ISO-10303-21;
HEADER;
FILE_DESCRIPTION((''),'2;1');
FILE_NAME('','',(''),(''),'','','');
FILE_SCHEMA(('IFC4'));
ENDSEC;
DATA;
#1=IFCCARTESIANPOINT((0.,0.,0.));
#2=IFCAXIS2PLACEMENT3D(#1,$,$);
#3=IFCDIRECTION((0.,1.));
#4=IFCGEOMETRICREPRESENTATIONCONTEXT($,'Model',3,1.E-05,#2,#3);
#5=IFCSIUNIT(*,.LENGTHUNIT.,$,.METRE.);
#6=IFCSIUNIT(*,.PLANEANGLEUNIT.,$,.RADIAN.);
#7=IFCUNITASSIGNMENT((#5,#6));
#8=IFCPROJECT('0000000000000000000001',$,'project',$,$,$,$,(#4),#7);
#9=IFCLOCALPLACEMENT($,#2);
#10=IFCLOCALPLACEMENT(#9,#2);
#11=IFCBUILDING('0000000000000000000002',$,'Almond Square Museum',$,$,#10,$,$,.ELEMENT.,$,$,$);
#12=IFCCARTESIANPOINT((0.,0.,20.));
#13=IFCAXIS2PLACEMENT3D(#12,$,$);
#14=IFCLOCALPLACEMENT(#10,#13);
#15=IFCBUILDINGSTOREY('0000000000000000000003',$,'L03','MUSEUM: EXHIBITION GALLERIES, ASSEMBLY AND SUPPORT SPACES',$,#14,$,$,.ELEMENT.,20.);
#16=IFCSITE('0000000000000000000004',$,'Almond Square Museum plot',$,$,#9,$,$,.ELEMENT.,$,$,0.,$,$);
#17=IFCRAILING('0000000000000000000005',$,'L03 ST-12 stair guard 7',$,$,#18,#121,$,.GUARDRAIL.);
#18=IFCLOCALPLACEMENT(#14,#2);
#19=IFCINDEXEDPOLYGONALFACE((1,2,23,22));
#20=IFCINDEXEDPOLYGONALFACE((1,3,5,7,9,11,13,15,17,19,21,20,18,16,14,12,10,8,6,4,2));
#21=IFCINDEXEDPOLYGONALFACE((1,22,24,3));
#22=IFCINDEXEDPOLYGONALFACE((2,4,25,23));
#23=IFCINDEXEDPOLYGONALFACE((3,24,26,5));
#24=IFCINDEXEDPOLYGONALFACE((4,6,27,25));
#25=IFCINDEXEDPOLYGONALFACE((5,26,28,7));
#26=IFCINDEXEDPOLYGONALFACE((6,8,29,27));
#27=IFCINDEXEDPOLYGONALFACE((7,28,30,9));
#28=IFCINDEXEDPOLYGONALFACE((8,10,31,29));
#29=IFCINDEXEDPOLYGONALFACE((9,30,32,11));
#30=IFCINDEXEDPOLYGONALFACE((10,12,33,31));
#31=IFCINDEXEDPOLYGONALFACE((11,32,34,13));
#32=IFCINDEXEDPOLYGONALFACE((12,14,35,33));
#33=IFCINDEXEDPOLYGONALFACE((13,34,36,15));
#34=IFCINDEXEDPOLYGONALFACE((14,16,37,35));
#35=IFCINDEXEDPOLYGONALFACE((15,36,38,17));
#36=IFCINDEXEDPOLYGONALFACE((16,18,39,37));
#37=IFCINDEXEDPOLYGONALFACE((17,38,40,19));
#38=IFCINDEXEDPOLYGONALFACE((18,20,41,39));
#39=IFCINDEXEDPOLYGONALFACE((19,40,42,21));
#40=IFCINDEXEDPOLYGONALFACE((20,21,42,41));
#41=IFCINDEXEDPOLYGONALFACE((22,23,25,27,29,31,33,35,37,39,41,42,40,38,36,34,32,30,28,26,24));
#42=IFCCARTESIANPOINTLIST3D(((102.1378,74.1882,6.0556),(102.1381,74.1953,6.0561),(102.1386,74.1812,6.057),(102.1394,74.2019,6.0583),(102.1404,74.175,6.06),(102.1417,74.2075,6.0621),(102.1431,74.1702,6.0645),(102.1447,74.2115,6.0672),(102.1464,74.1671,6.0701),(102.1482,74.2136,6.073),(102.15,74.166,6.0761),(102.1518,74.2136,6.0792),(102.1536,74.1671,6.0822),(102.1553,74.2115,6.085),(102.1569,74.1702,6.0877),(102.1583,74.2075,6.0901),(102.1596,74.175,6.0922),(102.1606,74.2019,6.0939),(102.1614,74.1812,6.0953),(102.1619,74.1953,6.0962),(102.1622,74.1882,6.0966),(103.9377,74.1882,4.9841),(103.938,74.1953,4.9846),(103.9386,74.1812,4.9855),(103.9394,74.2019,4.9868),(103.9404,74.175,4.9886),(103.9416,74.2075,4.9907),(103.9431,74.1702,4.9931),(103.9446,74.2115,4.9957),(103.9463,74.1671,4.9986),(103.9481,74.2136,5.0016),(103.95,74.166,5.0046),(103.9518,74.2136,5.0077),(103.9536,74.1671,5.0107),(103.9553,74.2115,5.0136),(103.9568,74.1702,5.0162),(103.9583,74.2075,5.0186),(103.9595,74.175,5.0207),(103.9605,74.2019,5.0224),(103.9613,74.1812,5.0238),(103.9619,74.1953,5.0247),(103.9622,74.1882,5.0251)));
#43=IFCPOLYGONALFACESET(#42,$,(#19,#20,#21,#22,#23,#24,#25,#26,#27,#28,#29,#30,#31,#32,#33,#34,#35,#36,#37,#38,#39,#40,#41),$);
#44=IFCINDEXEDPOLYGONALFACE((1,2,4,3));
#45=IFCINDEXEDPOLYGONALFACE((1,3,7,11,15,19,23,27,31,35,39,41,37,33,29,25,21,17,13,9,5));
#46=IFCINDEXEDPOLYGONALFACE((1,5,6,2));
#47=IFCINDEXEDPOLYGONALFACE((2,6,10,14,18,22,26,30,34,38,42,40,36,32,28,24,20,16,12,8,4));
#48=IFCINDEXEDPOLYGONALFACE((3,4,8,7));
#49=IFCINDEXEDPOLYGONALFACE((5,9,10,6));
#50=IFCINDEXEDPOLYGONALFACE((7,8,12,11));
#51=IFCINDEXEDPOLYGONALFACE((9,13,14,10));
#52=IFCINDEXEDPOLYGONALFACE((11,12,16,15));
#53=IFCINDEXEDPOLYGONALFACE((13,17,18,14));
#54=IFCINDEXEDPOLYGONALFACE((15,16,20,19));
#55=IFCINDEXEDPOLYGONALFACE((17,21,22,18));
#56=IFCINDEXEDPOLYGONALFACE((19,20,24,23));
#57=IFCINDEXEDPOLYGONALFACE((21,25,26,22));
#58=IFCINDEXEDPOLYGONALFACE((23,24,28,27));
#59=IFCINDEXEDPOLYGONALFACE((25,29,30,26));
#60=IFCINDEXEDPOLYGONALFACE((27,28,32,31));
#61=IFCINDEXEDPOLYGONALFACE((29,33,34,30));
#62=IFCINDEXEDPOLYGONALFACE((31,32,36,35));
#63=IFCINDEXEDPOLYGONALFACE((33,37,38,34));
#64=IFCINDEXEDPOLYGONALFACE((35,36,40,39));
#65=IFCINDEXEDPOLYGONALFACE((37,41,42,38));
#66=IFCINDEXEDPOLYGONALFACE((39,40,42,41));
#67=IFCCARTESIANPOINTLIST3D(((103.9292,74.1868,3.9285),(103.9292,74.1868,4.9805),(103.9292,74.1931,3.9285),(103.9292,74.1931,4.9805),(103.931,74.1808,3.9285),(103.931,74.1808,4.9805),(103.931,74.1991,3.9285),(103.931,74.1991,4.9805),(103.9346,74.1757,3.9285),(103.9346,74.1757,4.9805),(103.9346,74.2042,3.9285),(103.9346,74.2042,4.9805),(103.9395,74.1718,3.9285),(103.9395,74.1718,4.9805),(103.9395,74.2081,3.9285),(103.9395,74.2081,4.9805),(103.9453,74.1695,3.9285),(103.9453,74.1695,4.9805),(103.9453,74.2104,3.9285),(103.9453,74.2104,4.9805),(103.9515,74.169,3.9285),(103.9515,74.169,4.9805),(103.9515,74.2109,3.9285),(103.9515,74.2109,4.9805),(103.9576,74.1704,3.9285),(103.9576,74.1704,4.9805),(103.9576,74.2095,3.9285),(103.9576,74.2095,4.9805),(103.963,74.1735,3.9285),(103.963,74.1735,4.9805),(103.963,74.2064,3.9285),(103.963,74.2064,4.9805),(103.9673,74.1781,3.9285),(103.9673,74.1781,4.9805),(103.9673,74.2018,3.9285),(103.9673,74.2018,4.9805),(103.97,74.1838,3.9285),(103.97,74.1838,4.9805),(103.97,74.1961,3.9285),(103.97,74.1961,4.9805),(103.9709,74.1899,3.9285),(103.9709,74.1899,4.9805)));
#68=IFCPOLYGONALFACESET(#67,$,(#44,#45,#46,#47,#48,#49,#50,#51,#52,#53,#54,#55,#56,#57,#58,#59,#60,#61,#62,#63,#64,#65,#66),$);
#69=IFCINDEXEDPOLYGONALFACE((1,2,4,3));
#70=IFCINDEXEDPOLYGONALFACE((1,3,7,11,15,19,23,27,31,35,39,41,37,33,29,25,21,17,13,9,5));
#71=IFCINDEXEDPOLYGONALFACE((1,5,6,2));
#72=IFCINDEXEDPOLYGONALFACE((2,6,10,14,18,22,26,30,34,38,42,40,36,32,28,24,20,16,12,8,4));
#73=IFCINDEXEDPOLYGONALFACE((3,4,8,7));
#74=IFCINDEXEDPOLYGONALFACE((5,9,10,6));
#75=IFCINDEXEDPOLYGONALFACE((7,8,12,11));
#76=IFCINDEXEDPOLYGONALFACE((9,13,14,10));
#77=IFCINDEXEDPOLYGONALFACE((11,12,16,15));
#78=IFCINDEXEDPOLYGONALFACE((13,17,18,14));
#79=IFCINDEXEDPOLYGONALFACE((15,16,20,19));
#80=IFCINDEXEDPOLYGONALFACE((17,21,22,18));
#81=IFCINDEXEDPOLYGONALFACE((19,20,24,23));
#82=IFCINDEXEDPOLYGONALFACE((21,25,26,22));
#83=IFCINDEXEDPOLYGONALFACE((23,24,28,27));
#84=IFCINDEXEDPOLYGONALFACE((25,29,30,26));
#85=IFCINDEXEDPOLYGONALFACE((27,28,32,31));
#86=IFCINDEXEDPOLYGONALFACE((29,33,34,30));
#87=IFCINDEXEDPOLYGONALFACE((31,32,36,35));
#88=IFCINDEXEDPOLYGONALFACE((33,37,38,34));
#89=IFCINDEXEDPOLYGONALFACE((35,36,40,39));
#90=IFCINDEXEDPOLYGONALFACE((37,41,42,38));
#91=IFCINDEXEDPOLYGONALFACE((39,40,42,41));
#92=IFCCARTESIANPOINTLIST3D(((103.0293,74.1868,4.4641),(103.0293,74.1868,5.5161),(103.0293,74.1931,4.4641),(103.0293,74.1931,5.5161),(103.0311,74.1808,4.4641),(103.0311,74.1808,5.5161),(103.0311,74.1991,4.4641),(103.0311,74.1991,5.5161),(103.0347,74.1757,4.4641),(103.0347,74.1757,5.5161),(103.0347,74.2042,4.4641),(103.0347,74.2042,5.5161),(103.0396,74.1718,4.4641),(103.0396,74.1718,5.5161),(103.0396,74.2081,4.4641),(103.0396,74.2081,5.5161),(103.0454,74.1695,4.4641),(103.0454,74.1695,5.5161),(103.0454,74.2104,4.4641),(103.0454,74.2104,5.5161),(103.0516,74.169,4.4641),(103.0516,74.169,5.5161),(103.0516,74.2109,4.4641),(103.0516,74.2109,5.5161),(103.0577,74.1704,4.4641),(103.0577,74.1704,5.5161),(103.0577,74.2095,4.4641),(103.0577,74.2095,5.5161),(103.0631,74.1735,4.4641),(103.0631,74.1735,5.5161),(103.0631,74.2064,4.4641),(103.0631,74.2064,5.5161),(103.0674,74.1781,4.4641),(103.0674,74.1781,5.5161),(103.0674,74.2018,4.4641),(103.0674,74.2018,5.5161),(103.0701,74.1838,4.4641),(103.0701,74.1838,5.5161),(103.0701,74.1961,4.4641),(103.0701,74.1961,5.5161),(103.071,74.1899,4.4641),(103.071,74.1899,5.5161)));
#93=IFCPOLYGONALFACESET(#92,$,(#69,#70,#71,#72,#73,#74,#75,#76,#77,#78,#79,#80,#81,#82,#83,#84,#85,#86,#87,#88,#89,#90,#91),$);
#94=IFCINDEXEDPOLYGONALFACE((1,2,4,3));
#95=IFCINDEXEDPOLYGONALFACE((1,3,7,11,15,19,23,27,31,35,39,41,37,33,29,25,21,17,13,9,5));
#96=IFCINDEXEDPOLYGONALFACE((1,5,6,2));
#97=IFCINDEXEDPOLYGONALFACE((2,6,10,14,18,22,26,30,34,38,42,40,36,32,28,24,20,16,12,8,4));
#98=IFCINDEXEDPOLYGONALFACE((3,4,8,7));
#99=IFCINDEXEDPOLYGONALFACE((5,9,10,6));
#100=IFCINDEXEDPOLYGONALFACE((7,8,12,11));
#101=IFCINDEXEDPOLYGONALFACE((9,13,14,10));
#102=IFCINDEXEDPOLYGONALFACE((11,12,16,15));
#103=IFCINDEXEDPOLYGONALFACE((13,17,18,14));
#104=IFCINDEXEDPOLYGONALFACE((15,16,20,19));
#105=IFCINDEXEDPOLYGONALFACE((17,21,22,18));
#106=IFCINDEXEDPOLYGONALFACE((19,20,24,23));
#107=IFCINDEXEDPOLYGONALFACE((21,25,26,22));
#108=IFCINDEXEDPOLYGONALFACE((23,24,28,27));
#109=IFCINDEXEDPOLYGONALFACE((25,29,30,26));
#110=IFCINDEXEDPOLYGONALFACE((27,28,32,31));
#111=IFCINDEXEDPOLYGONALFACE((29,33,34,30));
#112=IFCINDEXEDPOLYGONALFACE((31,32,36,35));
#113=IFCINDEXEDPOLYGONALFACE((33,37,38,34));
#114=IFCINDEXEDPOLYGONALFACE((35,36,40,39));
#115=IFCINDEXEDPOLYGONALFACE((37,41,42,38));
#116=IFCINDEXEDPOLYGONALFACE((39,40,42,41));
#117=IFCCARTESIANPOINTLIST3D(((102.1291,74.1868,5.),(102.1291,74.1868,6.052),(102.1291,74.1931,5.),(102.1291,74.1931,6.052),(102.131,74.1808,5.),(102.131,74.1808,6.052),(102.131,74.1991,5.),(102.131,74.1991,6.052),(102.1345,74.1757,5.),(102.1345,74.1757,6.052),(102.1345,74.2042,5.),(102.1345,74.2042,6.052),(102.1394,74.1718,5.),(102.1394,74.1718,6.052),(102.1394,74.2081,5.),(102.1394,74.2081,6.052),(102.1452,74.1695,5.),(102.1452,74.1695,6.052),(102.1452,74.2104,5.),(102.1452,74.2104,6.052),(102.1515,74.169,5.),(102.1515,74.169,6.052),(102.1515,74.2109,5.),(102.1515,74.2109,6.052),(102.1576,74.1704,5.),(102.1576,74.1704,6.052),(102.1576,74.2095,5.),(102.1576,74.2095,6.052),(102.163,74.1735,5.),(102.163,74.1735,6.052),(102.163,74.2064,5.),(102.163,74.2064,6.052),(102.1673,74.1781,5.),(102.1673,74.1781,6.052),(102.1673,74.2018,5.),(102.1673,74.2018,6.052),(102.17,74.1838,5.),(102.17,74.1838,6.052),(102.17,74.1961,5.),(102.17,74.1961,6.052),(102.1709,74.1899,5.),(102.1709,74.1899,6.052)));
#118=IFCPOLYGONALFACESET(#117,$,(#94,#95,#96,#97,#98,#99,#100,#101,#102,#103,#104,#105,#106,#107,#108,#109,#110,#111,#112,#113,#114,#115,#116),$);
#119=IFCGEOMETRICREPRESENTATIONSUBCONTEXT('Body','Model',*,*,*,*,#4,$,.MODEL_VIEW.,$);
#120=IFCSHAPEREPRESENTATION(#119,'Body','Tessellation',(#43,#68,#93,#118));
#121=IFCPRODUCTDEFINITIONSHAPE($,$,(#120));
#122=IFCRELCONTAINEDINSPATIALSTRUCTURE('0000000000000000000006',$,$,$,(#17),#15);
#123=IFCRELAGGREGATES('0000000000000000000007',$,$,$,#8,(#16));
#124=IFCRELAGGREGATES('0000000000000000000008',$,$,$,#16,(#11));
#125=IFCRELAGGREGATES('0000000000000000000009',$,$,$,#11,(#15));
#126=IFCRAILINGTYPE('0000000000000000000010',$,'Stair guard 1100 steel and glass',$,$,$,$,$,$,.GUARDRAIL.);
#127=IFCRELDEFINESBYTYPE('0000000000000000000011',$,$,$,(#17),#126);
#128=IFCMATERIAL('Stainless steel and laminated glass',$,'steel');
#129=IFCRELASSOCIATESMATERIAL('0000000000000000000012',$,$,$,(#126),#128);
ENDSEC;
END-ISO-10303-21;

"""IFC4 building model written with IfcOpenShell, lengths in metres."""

from ifc_helpers import new_model, si_unit, direction, frame, origin, origin_2d, place, context, subcontext, project, spatial, circle, extrude, material, type_object, element, save


model = new_model("IFC4")

# Units and contexts
model_context = context("Model", 3, precision=1e-05, world=origin(), true_north=direction((0.0, 1.0)))
body_context = subcontext(model_context, "Body", "Model", "MODEL_VIEW")
ifc_project = project(units=[si_unit("LENGTHUNIT", "METRE"), si_unit("PLANEANGLEUNIT", "RADIAN")], contexts=[model_context])

# Site, building, storey
site_placement = place(None, origin())
site = spatial("IfcSite", under=ifc_project, at=site_placement, Name="Almond Square Museum plot", CompositionType="ELEMENT", RefElevation=0.0)
building_placement = place(site_placement, origin())
building = spatial("IfcBuilding", under=site, at=building_placement, Name="Almond Square Museum", CompositionType="ELEMENT")
storey_placement = place(building_placement, frame((0.0, 0.0, 20.0)))
storey = spatial("IfcBuildingStorey", under=building, at=storey_placement, Name="L03", Description="MUSEUM: EXHIBITION GALLERIES, ASSEMBLY AND SUPPORT SPACES", CompositionType="ELEMENT", Elevation=20.0)

# Railing
ifc_material_1 = material(Name="Stainless steel and laminated glass", Category="steel")
railing_type_1 = type_object("IfcRailingType", Name="Stair guard 1100 steel and glass", PredefinedType="GUARDRAIL", material=ifc_material_1)
railing_1_placement = place(storey_placement, frame((103.95, 74.1899, 3.9285)))
element("IfcRailing", 1, at=railing_1_placement, inside=storey, type_object=railing_type_1, Name="L03 ST-12 stair guard 7", PredefinedType="GUARDRAIL", context=body_context, shape_type="SweptSolid", body=[
    extrude(circle(Radius=0.0239, at=origin_2d()), frame((0.0, 0.0, 1.0762), z_axis=(-0.859277, 0.0, 0.51151), x_axis=(0.0, -1.0, 0.0)), (0.0, 0.0, 1.0), 2.0947),
    extrude(circle(Radius=0.021, at=origin_2d()), origin(), (0.0, 0.0, 1.0), 1.052),
    extrude(circle(Radius=0.021, at=origin_2d()), frame((-0.8999, 0.0, 0.5356)), (0.0, 0.0, 1.0), 1.052),
    extrude(circle(Radius=0.021, at=origin_2d()), frame((-1.8, 0.0, 1.0715)), (0.0, 0.0, 1.0), 1.052),
])

save(model, "model.ifc")
